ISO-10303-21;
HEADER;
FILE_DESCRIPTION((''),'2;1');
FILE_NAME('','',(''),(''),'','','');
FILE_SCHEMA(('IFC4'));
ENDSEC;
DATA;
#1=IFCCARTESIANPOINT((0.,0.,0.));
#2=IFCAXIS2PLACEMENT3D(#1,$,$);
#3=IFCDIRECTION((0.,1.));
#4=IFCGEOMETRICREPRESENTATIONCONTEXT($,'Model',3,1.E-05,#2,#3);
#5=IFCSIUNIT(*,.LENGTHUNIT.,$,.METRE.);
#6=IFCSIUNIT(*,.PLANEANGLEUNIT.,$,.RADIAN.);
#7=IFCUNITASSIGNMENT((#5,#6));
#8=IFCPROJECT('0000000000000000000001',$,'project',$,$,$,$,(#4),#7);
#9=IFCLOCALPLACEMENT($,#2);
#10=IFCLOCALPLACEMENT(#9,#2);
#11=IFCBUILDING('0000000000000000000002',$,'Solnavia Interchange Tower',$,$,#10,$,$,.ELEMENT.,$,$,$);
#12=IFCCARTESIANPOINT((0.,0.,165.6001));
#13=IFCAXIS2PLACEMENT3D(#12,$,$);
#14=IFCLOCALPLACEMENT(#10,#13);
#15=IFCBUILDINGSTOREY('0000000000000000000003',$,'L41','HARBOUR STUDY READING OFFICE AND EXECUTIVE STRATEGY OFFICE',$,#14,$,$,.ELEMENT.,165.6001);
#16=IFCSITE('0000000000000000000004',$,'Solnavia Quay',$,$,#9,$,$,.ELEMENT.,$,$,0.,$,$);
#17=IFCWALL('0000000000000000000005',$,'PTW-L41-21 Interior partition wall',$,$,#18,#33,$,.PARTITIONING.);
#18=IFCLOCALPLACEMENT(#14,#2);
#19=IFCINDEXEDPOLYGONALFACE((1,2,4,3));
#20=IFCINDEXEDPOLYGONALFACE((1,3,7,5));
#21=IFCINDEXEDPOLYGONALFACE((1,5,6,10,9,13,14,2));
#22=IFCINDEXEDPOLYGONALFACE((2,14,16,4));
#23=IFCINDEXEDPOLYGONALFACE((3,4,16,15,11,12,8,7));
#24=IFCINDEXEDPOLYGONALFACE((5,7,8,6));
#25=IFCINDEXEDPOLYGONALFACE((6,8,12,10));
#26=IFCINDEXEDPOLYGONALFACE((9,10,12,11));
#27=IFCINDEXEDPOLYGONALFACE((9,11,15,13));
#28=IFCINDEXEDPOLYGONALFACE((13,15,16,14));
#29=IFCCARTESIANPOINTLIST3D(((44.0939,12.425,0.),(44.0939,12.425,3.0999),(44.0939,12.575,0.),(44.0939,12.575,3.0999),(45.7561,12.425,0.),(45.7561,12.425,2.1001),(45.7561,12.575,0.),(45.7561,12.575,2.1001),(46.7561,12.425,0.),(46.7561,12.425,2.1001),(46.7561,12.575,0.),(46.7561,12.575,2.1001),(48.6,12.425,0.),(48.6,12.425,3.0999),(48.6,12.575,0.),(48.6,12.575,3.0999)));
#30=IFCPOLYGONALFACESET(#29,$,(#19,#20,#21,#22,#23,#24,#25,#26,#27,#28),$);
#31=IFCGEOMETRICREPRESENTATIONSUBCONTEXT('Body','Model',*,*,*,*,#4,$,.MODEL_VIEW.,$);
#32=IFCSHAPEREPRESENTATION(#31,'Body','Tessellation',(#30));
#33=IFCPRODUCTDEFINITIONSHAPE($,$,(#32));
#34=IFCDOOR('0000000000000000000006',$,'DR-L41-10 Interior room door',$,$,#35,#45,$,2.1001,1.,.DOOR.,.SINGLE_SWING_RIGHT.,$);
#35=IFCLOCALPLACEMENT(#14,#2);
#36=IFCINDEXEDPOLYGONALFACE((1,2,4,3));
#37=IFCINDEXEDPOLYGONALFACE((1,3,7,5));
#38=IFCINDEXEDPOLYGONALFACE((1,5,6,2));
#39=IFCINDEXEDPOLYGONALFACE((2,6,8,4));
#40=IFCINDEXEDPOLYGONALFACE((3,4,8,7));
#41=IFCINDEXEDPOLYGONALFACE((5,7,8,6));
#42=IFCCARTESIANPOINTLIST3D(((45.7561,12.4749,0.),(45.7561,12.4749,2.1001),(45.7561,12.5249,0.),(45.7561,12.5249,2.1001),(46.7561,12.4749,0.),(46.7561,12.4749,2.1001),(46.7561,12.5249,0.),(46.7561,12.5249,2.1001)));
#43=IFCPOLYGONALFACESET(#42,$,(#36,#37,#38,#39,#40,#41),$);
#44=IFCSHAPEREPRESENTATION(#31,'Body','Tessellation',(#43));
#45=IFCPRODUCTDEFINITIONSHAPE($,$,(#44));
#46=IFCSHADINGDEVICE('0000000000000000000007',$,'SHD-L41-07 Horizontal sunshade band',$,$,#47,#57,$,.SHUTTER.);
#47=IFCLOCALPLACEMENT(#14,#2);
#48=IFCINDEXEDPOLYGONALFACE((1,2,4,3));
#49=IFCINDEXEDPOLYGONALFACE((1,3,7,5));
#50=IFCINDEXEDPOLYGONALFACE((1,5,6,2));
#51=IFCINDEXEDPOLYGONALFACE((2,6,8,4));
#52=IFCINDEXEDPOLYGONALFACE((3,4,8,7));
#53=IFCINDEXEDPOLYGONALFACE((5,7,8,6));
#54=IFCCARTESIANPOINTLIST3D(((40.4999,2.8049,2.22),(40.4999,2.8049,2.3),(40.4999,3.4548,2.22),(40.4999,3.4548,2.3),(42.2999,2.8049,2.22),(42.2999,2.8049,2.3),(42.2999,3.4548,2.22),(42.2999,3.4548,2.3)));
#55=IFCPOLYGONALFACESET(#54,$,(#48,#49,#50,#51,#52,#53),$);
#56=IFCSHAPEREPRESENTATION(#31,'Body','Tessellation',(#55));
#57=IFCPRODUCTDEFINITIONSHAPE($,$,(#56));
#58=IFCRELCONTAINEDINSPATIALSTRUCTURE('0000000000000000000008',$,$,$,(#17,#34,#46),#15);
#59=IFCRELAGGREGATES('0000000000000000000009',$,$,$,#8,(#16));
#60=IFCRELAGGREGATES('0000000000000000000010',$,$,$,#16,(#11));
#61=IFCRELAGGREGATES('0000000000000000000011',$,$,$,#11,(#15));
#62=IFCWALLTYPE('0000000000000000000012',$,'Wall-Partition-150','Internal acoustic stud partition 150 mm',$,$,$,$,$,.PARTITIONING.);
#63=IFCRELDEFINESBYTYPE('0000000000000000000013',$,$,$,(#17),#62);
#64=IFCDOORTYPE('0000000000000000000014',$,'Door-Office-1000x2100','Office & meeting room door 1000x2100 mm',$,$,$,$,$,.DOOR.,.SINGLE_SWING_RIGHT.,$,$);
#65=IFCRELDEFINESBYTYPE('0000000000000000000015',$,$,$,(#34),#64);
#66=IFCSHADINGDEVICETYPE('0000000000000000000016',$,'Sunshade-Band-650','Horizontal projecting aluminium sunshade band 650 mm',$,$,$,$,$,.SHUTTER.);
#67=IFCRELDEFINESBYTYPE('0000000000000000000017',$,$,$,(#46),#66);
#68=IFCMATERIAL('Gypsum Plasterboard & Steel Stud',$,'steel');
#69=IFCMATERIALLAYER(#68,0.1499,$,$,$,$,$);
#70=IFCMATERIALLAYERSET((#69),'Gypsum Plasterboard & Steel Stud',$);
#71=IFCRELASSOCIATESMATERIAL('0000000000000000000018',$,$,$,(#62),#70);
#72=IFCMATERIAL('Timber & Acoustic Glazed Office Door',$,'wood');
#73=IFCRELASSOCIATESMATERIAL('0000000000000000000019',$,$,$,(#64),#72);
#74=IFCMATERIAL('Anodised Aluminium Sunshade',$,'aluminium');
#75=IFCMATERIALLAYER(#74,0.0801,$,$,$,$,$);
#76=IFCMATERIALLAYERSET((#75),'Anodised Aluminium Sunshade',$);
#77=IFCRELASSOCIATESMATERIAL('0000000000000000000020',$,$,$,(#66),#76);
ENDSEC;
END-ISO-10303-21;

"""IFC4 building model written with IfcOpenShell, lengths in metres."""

from ifc_helpers import new_model, si_unit, direction, frame, frame_2d, origin, origin_2d, place, context, subcontext, project, spatial, rectangle, extrude, material, layer, layer_set, type_object, element, fill, save


model = new_model("IFC4")

# Units and contexts
model_context = context("Model", 3, precision=1e-05, world=origin(), true_north=direction((0.0, 1.0)))
body_context = subcontext(model_context, "Body", "Model", "MODEL_VIEW")
ifc_project = project(units=[si_unit("LENGTHUNIT", "METRE"), si_unit("PLANEANGLEUNIT", "RADIAN")], contexts=[model_context])

# Site, building, storey
site_placement = place(None, origin())
site = spatial("IfcSite", under=ifc_project, at=site_placement, Name="Solnavia Quay", CompositionType="ELEMENT", RefElevation=0.0)
building_placement = place(site_placement, origin())
building = spatial("IfcBuilding", under=site, at=building_placement, Name="Solnavia Interchange Tower", CompositionType="ELEMENT")
storey_placement = place(building_placement, frame((0.0, 0.0, 165.6001)))
storey = spatial("IfcBuildingStorey", under=building, at=storey_placement, Name="L41", Description="HARBOUR STUDY READING OFFICE AND EXECUTIVE STRATEGY OFFICE", CompositionType="ELEMENT", Elevation=165.6001)

# Wall, opening, door
ifc_material_1 = material(Name="Gypsum Plasterboard & Steel Stud", Category="steel")
ifc_layer_1 = layer(ifc_material_1, 0.1499)
ifc_layer_set_1 = layer_set([ifc_layer_1], Name="Gypsum Plasterboard & Steel Stud")
wall_type_1 = type_object("IfcWallType", Name="Wall-Partition-150", Description="Internal acoustic stud partition 150 mm", PredefinedType="PARTITIONING", material=ifc_layer_set_1)
ifc_material_2 = material(Name="Timber & Acoustic Glazed Office Door", Category="wood")
door_type = type_object("IfcDoorType", Name="Door-Office-1000x2100", Description="Office & meeting room door 1000x2100 mm", OperationType="SINGLE_SWING_RIGHT", PredefinedType="DOOR", material=ifc_material_2)
wall_1_placement = place(storey_placement, frame((44.094, 12.5, 0.0), z_axis=(0.0, 0.0, 1.0), x_axis=(1.0, 0.0, 0.0)))
wall_1 = element("IfcWall", 1, at=wall_1_placement, inside=storey, type_object=wall_type_1, Name="PTW-L41-21 Interior partition wall", PredefinedType="PARTITIONING", context=body_context, shape_type="SweptSolid", body=[
    extrude(rectangle(XDim=4.5061, YDim=0.1499, at=frame_2d((2.2529, 0.0))), origin(), (0.0, 0.0, 1.0), 3.0999),
])
opening_1_placement = place(wall_1_placement, frame((1.6621, 0.0, 0.0)))
opening_1 = element("IfcOpeningElement", 2, at=opening_1_placement, cuts=wall_1, PredefinedType="OPENING", context=body_context, shape_type="SweptSolid", body=[
    extrude(rectangle(XDim=1.0, YDim=2.1001, at=frame_2d((0.5, 1.05))), frame((0.0, 0.085, 0.0), z_axis=(0.0, -1.0, 0.0), x_axis=(1.0, 0.0, 0.0)), (0.0, 0.0, 1.0), 0.1699),
])
door_1_placement = place(opening_1_placement, origin())
door_1 = element("IfcDoor", 3, at=door_1_placement, inside=storey, type_object=door_type, Name="DR-L41-10 Interior room door", OperationType="SINGLE_SWING_RIGHT", OverallHeight=2.1001, OverallWidth=1.0, PredefinedType="DOOR", context=body_context, shape_type="SweptSolid", body=[
    extrude(rectangle(XDim=1.0, YDim=2.1001, at=frame_2d((0.5, 1.05))), frame((0.0, 0.0249, 0.0), z_axis=(0.0, -1.0, 0.0), x_axis=(1.0, 0.0, 0.0)), (0.0, 0.0, 1.0), 0.05),
])
fill(opening_1, door_1)

# Shading device
ifc_material_3 = material(Name="Anodised Aluminium Sunshade", Category="aluminium")
ifc_layer_2 = layer(ifc_material_3, 0.0801)
ifc_layer_set_2 = layer_set([ifc_layer_2], Name="Anodised Aluminium Sunshade")
shading_device_type = type_object("IfcShadingDeviceType", Name="Sunshade-Band-650", Description="Horizontal projecting aluminium sunshade band 650 mm", PredefinedType="SHUTTER", material=ifc_layer_set_2)
shading_device_placement = place(storey_placement, frame((41.3999, 3.1299, 2.22), z_axis=(0.0, 0.0, 1.0), x_axis=(-1.0, 0.0, 0.0)))
element("IfcShadingDevice", 4, at=shading_device_placement, inside=storey, type_object=shading_device_type, Name="SHD-L41-07 Horizontal sunshade band", PredefinedType="SHUTTER", context=body_context, shape_type="SweptSolid", body=[
    extrude(rectangle(XDim=1.8, YDim=0.6499, at=origin_2d()), origin(), (0.0, 0.0, 1.0), 0.0801),
])

save(model, "model.ifc")
